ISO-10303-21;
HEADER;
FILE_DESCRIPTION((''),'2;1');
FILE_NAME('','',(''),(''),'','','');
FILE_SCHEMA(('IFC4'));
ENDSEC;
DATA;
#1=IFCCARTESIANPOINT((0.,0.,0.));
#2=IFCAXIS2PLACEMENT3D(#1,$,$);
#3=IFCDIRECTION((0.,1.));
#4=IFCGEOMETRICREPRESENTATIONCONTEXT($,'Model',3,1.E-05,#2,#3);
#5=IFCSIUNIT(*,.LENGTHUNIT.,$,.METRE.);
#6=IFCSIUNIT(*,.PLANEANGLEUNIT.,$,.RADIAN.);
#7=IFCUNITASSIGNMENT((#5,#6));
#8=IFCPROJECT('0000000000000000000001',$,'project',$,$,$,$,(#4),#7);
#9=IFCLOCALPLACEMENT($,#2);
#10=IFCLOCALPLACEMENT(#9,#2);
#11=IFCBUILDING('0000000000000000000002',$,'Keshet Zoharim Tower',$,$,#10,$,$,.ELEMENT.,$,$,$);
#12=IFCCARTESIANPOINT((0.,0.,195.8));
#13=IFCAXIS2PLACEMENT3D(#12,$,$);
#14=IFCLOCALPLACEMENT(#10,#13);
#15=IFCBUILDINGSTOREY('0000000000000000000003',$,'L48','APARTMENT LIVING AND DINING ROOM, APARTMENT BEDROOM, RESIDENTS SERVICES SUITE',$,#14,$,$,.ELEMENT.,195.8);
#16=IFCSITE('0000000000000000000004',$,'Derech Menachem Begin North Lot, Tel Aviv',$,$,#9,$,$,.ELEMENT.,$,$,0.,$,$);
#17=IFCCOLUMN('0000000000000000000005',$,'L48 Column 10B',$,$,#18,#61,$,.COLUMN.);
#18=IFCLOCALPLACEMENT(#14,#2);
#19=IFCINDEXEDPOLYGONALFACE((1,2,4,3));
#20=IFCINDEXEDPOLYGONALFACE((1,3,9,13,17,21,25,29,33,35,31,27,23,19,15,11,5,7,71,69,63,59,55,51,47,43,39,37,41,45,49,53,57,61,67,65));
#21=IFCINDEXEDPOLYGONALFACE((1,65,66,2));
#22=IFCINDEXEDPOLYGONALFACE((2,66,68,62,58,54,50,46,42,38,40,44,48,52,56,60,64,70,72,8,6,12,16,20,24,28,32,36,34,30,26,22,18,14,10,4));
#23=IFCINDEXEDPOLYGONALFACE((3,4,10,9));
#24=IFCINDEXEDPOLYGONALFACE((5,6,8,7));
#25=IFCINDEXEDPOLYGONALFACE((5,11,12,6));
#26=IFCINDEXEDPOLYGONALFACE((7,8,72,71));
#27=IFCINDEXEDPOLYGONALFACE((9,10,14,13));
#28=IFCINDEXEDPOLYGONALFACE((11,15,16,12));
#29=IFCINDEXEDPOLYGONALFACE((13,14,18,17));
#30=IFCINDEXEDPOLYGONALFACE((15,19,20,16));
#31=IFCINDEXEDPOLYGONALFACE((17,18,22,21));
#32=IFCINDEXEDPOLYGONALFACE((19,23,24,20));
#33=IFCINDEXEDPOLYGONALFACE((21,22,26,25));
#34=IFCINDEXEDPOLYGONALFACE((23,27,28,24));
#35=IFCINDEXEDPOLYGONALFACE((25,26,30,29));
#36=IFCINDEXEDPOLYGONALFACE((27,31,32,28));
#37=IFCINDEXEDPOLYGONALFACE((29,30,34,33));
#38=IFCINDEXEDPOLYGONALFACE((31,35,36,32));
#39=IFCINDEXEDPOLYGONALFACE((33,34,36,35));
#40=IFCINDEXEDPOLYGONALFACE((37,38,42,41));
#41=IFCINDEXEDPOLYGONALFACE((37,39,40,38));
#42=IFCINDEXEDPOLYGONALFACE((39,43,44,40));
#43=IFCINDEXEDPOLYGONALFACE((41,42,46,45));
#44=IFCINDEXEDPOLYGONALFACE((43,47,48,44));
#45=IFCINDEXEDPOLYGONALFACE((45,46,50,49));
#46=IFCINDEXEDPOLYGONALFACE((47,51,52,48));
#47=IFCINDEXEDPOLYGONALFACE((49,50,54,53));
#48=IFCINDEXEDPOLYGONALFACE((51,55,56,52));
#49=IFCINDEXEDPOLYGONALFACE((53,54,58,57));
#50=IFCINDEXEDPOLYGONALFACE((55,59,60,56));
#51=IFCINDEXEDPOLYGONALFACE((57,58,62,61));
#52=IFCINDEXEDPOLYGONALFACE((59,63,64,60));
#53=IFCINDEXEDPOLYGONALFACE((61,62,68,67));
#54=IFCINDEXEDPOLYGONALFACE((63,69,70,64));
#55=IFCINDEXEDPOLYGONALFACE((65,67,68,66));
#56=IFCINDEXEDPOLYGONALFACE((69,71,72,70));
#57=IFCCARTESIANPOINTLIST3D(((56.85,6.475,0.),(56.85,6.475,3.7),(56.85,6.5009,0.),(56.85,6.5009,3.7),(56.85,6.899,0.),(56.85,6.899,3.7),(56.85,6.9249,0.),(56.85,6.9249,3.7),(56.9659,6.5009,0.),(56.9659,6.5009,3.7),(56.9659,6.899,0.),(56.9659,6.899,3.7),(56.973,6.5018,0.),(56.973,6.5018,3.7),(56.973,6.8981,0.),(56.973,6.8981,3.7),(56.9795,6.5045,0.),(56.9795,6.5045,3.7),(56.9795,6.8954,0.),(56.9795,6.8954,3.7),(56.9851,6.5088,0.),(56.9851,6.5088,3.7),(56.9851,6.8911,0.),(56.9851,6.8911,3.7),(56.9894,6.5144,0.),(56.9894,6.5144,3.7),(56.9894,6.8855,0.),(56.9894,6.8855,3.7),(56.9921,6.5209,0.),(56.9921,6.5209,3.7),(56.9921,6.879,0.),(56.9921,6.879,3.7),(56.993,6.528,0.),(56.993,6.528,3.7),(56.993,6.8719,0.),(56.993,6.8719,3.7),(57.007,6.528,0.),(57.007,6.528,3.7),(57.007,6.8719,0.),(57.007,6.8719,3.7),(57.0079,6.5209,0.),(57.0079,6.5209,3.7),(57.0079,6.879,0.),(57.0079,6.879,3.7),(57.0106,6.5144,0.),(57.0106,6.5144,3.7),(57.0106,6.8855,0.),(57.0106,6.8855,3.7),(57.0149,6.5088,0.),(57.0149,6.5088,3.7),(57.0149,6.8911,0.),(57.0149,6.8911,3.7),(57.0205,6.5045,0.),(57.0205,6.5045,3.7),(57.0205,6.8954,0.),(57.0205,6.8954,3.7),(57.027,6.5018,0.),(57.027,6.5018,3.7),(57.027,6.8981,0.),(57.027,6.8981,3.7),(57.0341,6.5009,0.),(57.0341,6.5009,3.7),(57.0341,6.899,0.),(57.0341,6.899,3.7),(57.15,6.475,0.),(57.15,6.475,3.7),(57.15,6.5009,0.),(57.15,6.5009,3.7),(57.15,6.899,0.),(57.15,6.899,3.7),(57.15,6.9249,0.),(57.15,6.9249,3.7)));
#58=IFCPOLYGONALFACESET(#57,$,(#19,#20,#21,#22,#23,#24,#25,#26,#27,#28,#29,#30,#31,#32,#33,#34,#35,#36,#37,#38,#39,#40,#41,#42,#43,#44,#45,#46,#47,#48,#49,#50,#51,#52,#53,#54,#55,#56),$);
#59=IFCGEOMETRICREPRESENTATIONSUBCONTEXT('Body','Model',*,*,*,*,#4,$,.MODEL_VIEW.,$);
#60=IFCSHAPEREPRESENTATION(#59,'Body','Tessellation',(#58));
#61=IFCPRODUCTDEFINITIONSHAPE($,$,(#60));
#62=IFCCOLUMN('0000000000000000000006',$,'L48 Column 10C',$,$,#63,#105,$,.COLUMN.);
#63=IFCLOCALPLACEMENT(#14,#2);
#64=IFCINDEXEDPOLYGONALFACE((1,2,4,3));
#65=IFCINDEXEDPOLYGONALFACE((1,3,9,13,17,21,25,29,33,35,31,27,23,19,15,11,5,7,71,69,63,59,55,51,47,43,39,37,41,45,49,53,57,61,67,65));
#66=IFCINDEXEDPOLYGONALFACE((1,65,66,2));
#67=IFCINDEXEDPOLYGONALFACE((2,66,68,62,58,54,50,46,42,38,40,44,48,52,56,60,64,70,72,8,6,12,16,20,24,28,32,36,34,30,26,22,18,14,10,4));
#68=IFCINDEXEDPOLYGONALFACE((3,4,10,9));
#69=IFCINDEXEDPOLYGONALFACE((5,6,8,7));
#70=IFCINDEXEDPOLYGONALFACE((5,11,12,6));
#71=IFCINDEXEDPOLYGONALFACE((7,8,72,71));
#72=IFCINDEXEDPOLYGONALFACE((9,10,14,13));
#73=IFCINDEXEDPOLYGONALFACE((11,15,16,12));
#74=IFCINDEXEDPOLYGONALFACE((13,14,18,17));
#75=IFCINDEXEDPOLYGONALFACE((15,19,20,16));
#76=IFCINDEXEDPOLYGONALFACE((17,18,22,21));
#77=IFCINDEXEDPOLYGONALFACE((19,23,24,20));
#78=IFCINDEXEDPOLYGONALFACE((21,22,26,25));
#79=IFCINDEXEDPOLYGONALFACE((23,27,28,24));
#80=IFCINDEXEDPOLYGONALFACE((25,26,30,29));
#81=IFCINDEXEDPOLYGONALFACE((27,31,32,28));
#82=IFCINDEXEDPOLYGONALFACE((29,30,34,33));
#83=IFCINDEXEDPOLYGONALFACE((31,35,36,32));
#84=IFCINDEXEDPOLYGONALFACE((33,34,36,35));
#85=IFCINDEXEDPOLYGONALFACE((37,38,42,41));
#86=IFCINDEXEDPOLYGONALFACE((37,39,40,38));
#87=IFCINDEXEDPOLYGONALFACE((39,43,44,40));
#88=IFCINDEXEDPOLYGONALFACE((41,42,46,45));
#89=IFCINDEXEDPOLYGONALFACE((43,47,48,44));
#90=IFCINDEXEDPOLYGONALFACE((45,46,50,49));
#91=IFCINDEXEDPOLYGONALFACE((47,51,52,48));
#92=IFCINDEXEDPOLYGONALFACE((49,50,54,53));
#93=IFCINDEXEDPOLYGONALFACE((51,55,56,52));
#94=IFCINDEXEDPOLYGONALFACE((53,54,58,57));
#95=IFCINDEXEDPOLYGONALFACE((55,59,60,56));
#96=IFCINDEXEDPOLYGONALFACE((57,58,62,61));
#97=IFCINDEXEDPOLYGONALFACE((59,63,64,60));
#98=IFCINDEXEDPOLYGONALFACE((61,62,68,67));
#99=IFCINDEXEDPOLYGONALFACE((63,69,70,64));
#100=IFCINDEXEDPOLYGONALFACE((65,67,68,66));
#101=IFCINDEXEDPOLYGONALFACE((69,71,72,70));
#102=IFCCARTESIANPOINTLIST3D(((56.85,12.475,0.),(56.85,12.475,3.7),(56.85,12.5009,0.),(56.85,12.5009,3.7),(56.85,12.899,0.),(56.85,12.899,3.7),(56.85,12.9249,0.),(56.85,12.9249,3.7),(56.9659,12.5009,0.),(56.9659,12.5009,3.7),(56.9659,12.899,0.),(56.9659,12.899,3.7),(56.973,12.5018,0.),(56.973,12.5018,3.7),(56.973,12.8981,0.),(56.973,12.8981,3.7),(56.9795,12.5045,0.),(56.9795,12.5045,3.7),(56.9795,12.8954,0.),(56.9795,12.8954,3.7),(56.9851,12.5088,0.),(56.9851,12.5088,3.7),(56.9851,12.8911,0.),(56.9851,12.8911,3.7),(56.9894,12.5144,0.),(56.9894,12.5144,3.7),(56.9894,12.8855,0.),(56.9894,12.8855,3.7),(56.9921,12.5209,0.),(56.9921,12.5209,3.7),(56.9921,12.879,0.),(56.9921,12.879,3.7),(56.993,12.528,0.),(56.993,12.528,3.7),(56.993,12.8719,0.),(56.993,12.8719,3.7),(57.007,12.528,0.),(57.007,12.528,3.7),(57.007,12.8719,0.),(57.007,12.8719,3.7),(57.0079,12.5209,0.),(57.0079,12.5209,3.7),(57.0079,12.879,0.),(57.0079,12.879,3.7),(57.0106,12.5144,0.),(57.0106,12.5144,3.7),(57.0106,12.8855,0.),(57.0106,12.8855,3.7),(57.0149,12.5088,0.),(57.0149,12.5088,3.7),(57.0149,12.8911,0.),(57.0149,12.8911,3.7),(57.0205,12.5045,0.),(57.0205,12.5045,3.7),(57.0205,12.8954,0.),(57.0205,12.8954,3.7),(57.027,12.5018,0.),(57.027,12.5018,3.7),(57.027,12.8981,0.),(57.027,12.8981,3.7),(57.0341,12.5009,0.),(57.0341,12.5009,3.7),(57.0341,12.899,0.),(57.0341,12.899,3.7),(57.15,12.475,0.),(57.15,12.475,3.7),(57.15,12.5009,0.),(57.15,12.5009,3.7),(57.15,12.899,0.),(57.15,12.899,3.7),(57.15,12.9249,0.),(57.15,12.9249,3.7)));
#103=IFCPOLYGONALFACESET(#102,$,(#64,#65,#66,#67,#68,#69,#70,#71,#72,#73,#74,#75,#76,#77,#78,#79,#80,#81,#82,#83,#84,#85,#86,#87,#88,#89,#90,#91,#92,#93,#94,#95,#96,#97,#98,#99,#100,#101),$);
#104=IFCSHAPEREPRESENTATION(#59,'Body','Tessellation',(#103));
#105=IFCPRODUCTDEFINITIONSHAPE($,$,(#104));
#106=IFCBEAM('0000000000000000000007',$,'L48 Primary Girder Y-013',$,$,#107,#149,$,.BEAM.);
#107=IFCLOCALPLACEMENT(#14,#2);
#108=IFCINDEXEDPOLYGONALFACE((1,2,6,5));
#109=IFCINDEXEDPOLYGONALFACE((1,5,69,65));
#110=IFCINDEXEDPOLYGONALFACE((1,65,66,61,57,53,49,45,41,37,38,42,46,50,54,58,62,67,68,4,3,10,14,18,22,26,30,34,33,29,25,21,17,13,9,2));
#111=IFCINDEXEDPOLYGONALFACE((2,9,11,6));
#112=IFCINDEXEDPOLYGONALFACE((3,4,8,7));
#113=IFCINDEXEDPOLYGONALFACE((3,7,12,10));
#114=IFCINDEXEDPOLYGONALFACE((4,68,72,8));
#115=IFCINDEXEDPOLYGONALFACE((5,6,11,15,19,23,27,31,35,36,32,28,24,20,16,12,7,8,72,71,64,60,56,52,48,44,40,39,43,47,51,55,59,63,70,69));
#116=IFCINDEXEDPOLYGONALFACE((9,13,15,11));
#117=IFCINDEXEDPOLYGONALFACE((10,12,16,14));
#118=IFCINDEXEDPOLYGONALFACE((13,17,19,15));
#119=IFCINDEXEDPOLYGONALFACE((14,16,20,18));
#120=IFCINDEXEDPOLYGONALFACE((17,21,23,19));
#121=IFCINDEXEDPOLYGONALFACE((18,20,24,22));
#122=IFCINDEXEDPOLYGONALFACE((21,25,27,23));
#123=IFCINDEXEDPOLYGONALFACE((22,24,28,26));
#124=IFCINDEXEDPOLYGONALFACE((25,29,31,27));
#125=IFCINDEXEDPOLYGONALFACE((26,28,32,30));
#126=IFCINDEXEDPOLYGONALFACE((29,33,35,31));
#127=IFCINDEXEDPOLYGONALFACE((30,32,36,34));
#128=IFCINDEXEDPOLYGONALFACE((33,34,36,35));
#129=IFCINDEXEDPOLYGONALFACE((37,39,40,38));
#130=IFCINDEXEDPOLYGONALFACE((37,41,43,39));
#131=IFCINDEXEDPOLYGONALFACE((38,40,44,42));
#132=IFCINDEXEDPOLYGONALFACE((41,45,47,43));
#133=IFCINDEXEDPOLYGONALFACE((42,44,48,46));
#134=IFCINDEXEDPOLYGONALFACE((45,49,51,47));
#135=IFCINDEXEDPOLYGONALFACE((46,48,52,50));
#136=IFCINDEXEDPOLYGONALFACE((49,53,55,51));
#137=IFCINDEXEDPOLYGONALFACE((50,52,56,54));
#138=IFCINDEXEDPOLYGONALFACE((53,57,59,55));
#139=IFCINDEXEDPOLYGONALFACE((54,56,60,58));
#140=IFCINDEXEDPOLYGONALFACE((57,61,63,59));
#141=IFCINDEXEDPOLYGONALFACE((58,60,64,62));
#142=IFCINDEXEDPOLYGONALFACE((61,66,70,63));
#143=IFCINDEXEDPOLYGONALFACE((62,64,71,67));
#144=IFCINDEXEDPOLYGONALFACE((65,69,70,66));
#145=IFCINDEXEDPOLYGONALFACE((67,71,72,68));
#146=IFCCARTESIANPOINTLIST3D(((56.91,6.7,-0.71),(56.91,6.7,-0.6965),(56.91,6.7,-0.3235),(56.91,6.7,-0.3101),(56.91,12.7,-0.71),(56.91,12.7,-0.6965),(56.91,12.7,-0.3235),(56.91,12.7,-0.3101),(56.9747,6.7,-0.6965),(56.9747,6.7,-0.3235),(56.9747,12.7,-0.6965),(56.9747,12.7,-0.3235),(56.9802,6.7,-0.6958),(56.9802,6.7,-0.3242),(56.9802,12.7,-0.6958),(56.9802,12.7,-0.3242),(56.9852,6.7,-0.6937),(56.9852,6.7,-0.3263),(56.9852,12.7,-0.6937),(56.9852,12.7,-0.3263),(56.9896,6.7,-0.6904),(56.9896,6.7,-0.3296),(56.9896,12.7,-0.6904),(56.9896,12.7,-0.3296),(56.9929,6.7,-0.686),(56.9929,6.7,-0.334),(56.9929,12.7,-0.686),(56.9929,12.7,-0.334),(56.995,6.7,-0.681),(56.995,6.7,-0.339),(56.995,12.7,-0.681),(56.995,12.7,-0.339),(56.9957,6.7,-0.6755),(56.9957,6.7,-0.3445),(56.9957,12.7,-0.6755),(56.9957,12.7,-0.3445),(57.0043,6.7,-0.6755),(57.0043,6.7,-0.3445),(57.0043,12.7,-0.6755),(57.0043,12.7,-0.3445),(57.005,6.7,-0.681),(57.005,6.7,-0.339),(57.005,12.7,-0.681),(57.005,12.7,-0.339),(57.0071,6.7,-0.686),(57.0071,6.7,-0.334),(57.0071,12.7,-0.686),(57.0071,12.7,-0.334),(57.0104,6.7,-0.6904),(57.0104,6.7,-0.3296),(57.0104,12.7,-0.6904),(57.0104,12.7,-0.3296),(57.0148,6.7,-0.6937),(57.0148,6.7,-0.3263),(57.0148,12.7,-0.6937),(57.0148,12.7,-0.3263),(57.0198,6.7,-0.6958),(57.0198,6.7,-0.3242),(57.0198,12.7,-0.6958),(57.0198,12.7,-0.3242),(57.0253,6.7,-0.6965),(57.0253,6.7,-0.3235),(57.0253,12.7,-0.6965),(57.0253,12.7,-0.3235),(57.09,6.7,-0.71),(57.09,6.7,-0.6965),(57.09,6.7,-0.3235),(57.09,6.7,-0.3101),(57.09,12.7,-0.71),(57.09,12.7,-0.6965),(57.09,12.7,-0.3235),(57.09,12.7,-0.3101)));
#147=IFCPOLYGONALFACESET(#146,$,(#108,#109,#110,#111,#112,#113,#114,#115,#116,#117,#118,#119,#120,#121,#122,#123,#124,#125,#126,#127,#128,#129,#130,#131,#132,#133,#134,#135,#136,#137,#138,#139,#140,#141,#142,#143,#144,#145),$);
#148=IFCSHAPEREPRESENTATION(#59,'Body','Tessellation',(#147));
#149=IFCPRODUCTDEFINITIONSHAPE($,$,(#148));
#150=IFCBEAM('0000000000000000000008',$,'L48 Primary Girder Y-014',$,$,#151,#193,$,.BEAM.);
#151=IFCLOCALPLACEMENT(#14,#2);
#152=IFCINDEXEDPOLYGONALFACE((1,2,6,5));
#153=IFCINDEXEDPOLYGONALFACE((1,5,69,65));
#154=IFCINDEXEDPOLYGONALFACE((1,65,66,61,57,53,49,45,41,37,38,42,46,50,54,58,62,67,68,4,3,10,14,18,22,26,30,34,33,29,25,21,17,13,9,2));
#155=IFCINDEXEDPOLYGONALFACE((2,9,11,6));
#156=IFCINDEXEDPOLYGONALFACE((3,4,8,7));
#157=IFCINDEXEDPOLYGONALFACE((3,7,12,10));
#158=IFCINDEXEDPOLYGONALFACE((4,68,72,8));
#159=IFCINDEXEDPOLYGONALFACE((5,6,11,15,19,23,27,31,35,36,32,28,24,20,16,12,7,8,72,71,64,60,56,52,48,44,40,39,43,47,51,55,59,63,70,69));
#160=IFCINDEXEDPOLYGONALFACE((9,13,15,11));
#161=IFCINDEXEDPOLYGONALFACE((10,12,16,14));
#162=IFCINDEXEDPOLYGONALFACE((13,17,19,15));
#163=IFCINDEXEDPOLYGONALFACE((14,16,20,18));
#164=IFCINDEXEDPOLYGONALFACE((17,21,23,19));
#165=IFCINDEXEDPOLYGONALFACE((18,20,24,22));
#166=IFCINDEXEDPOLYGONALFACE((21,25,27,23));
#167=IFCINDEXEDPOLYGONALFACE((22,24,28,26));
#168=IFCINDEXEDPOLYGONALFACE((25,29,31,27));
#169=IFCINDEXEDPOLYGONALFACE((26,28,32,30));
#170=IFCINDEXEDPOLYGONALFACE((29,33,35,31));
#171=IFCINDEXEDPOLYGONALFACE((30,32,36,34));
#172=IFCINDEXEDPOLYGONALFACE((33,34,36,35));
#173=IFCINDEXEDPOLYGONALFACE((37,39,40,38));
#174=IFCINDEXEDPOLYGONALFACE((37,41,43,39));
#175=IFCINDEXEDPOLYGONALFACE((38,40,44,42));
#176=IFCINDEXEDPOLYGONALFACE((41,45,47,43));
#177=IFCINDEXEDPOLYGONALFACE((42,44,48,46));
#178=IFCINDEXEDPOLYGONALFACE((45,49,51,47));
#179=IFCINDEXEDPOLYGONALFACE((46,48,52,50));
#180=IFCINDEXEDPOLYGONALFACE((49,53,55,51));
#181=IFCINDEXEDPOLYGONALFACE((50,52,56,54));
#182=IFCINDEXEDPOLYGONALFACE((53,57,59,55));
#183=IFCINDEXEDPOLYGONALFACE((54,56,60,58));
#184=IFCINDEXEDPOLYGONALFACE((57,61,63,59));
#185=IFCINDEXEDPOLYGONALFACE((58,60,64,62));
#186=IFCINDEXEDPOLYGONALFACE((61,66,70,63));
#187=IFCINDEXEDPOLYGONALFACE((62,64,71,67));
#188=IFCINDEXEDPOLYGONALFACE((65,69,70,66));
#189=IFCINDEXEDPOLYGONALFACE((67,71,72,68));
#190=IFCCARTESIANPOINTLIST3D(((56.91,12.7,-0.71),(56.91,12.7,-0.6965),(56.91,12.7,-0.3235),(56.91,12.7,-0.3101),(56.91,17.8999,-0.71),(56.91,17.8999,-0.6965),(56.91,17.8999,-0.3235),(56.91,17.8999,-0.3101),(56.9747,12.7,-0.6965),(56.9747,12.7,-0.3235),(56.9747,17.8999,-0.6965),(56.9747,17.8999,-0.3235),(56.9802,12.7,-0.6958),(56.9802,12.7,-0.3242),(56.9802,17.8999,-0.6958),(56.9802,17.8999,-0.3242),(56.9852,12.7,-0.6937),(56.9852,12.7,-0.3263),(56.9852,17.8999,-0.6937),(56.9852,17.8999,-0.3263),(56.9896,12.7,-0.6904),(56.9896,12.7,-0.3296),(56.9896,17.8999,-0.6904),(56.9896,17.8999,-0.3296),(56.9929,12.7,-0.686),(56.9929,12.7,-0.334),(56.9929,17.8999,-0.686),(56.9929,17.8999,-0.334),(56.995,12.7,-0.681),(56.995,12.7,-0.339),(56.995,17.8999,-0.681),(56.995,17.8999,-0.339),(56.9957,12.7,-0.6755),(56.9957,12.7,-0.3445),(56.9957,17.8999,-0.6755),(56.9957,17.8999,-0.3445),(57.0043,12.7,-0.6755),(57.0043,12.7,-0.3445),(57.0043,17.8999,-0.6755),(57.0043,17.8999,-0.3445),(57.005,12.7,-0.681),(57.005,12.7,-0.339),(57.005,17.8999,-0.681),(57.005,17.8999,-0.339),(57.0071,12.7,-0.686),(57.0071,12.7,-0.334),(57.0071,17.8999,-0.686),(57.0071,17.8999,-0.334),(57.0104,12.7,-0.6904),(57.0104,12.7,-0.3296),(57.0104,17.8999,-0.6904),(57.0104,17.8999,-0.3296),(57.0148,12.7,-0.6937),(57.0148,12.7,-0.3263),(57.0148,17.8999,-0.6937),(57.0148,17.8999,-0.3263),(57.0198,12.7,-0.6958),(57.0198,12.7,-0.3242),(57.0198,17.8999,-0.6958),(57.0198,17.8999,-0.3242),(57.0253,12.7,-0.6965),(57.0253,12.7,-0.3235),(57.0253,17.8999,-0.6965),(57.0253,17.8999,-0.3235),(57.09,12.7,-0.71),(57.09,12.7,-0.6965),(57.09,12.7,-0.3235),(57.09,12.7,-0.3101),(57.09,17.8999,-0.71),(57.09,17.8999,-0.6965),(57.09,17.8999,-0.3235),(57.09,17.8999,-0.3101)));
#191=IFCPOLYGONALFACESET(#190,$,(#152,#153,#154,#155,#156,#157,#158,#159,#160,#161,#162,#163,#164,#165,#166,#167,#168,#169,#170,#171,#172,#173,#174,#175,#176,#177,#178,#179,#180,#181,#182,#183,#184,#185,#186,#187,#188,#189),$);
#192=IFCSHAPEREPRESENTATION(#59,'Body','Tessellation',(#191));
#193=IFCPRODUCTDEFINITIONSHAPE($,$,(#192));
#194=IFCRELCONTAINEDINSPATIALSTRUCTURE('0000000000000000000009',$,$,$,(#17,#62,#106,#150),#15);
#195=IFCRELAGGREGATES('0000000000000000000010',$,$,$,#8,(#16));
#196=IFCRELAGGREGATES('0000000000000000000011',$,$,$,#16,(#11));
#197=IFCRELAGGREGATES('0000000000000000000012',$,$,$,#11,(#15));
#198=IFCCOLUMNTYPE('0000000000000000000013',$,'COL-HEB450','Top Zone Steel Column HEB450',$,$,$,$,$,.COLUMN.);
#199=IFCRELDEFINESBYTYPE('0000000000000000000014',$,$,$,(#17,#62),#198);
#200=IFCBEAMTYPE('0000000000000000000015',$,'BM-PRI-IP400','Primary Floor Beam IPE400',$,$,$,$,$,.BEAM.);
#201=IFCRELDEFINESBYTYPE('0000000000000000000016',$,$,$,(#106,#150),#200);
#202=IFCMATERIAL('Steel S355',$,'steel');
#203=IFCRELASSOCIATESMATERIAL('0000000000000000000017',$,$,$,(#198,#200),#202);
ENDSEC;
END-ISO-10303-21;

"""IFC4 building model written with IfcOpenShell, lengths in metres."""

from ifc_helpers import new_model, si_unit, direction, frame, origin, origin_2d, place, context, subcontext, project, spatial, i_section, extrude, material, material_profile, profile_set, type_object, element, save


model = new_model("IFC4")

# Units and contexts
model_context = context("Model", 3, precision=1e-05, world=origin(), true_north=direction((0.0, 1.0)))
body_context = subcontext(model_context, "Body", "Model", "MODEL_VIEW")
ifc_project = project(units=[si_unit("LENGTHUNIT", "METRE"), si_unit("PLANEANGLEUNIT", "RADIAN")], contexts=[model_context])

# Site, building, storey
site_placement = place(None, origin())
site = spatial("IfcSite", under=ifc_project, at=site_placement, Name="Derech Menachem Begin North Lot, Tel Aviv", CompositionType="ELEMENT", RefElevation=0.0)
building_placement = place(site_placement, origin())
building = spatial("IfcBuilding", under=site, at=building_placement, Name="Keshet Zoharim Tower", CompositionType="ELEMENT")
storey_placement = place(building_placement, frame((0.0, 0.0, 195.8)))
storey = spatial("IfcBuildingStorey", under=building, at=storey_placement, Name="L48", Description="APARTMENT LIVING AND DINING ROOM, APARTMENT BEDROOM, RESIDENTS SERVICES SUITE", CompositionType="ELEMENT", Elevation=195.8)

# Columns
ifc_material_1 = material(Name="Steel S355", Category="steel")
ifc_material_profile_1 = material_profile(ifc_material_1, i_section(OverallWidth=0.3, OverallDepth=0.45, WebThickness=0.0139, FlangeThickness=0.0259, FilletRadius=0.0271, at=origin_2d()), Name="HEB450")
ifc_profile_set_1 = profile_set([ifc_material_profile_1], Name="Steel S355")
column_type = type_object("IfcColumnType", Name="COL-HEB450", Description="Top Zone Steel Column HEB450", PredefinedType="COLUMN", material=ifc_profile_set_1)
for number, where, z_axis, x_axis, name in (
    (1, (57.0, 6.7, 0.0), (0.0, 0.0, 1.0), (1.0, 0.0, 0.0), "L48 Column 10B"),
    (2, (57.0, 12.7, 0.0), (0.0, 0.0, 1.0), (1.0, 0.0, 0.0), "L48 Column 10C"),
):
    element("IfcColumn", number, at=place(storey_placement, frame(where, z_axis=z_axis, x_axis=x_axis)), inside=storey, type_object=column_type, Name=name, PredefinedType="COLUMN", context=body_context, shape_type="SweptSolid", body=[
        extrude(i_section(OverallWidth=0.3, OverallDepth=0.45, WebThickness=0.0139, FlangeThickness=0.0259, FilletRadius=0.0271, at=origin_2d()), origin(), (0.0, 0.0, 1.0), 3.7),
    ])

# Beams
ifc_material_profile_2 = material_profile(ifc_material_1, i_section(OverallWidth=0.1799, OverallDepth=0.3999, WebThickness=0.0085, FlangeThickness=0.0134, FilletRadius=0.021, at=origin_2d()), Name="IPE400")
ifc_profile_set_2 = profile_set([ifc_material_profile_2], Name="Steel S355")
beam_type = type_object("IfcBeamType", Name="BM-PRI-IP400", Description="Primary Floor Beam IPE400", PredefinedType="BEAM", material=ifc_profile_set_2)
beam_1_placement = place(storey_placement, frame((57.0, 6.7, -0.51), z_axis=(0.0, 1.0, 0.0), x_axis=(-1.0, 0.0, 0.0)))
element("IfcBeam", 3, at=beam_1_placement, inside=storey, type_object=beam_type, Name="L48 Primary Girder Y-013", PredefinedType="BEAM", context=body_context, shape_type="SweptSolid", body=[
    extrude(i_section(OverallWidth=0.1799, OverallDepth=0.3999, WebThickness=0.0085, FlangeThickness=0.0134, FilletRadius=0.021, at=origin_2d()), origin(), (0.0, 0.0, 1.0), 6.0),
])
beam_2_placement = place(storey_placement, frame((57.0, 12.7, -0.51), z_axis=(0.0, 1.0, 0.0), x_axis=(-1.0, 0.0, 0.0)))
element("IfcBeam", 4, at=beam_2_placement, inside=storey, type_object=beam_type, Name="L48 Primary Girder Y-014", PredefinedType="BEAM", context=body_context, shape_type="SweptSolid", body=[
    extrude(i_section(OverallWidth=0.1799, OverallDepth=0.3999, WebThickness=0.0085, FlangeThickness=0.0134, FilletRadius=0.021, at=origin_2d()), origin(), (0.0, 0.0, 1.0), 5.2),
])

save(model, "model.ifc")
